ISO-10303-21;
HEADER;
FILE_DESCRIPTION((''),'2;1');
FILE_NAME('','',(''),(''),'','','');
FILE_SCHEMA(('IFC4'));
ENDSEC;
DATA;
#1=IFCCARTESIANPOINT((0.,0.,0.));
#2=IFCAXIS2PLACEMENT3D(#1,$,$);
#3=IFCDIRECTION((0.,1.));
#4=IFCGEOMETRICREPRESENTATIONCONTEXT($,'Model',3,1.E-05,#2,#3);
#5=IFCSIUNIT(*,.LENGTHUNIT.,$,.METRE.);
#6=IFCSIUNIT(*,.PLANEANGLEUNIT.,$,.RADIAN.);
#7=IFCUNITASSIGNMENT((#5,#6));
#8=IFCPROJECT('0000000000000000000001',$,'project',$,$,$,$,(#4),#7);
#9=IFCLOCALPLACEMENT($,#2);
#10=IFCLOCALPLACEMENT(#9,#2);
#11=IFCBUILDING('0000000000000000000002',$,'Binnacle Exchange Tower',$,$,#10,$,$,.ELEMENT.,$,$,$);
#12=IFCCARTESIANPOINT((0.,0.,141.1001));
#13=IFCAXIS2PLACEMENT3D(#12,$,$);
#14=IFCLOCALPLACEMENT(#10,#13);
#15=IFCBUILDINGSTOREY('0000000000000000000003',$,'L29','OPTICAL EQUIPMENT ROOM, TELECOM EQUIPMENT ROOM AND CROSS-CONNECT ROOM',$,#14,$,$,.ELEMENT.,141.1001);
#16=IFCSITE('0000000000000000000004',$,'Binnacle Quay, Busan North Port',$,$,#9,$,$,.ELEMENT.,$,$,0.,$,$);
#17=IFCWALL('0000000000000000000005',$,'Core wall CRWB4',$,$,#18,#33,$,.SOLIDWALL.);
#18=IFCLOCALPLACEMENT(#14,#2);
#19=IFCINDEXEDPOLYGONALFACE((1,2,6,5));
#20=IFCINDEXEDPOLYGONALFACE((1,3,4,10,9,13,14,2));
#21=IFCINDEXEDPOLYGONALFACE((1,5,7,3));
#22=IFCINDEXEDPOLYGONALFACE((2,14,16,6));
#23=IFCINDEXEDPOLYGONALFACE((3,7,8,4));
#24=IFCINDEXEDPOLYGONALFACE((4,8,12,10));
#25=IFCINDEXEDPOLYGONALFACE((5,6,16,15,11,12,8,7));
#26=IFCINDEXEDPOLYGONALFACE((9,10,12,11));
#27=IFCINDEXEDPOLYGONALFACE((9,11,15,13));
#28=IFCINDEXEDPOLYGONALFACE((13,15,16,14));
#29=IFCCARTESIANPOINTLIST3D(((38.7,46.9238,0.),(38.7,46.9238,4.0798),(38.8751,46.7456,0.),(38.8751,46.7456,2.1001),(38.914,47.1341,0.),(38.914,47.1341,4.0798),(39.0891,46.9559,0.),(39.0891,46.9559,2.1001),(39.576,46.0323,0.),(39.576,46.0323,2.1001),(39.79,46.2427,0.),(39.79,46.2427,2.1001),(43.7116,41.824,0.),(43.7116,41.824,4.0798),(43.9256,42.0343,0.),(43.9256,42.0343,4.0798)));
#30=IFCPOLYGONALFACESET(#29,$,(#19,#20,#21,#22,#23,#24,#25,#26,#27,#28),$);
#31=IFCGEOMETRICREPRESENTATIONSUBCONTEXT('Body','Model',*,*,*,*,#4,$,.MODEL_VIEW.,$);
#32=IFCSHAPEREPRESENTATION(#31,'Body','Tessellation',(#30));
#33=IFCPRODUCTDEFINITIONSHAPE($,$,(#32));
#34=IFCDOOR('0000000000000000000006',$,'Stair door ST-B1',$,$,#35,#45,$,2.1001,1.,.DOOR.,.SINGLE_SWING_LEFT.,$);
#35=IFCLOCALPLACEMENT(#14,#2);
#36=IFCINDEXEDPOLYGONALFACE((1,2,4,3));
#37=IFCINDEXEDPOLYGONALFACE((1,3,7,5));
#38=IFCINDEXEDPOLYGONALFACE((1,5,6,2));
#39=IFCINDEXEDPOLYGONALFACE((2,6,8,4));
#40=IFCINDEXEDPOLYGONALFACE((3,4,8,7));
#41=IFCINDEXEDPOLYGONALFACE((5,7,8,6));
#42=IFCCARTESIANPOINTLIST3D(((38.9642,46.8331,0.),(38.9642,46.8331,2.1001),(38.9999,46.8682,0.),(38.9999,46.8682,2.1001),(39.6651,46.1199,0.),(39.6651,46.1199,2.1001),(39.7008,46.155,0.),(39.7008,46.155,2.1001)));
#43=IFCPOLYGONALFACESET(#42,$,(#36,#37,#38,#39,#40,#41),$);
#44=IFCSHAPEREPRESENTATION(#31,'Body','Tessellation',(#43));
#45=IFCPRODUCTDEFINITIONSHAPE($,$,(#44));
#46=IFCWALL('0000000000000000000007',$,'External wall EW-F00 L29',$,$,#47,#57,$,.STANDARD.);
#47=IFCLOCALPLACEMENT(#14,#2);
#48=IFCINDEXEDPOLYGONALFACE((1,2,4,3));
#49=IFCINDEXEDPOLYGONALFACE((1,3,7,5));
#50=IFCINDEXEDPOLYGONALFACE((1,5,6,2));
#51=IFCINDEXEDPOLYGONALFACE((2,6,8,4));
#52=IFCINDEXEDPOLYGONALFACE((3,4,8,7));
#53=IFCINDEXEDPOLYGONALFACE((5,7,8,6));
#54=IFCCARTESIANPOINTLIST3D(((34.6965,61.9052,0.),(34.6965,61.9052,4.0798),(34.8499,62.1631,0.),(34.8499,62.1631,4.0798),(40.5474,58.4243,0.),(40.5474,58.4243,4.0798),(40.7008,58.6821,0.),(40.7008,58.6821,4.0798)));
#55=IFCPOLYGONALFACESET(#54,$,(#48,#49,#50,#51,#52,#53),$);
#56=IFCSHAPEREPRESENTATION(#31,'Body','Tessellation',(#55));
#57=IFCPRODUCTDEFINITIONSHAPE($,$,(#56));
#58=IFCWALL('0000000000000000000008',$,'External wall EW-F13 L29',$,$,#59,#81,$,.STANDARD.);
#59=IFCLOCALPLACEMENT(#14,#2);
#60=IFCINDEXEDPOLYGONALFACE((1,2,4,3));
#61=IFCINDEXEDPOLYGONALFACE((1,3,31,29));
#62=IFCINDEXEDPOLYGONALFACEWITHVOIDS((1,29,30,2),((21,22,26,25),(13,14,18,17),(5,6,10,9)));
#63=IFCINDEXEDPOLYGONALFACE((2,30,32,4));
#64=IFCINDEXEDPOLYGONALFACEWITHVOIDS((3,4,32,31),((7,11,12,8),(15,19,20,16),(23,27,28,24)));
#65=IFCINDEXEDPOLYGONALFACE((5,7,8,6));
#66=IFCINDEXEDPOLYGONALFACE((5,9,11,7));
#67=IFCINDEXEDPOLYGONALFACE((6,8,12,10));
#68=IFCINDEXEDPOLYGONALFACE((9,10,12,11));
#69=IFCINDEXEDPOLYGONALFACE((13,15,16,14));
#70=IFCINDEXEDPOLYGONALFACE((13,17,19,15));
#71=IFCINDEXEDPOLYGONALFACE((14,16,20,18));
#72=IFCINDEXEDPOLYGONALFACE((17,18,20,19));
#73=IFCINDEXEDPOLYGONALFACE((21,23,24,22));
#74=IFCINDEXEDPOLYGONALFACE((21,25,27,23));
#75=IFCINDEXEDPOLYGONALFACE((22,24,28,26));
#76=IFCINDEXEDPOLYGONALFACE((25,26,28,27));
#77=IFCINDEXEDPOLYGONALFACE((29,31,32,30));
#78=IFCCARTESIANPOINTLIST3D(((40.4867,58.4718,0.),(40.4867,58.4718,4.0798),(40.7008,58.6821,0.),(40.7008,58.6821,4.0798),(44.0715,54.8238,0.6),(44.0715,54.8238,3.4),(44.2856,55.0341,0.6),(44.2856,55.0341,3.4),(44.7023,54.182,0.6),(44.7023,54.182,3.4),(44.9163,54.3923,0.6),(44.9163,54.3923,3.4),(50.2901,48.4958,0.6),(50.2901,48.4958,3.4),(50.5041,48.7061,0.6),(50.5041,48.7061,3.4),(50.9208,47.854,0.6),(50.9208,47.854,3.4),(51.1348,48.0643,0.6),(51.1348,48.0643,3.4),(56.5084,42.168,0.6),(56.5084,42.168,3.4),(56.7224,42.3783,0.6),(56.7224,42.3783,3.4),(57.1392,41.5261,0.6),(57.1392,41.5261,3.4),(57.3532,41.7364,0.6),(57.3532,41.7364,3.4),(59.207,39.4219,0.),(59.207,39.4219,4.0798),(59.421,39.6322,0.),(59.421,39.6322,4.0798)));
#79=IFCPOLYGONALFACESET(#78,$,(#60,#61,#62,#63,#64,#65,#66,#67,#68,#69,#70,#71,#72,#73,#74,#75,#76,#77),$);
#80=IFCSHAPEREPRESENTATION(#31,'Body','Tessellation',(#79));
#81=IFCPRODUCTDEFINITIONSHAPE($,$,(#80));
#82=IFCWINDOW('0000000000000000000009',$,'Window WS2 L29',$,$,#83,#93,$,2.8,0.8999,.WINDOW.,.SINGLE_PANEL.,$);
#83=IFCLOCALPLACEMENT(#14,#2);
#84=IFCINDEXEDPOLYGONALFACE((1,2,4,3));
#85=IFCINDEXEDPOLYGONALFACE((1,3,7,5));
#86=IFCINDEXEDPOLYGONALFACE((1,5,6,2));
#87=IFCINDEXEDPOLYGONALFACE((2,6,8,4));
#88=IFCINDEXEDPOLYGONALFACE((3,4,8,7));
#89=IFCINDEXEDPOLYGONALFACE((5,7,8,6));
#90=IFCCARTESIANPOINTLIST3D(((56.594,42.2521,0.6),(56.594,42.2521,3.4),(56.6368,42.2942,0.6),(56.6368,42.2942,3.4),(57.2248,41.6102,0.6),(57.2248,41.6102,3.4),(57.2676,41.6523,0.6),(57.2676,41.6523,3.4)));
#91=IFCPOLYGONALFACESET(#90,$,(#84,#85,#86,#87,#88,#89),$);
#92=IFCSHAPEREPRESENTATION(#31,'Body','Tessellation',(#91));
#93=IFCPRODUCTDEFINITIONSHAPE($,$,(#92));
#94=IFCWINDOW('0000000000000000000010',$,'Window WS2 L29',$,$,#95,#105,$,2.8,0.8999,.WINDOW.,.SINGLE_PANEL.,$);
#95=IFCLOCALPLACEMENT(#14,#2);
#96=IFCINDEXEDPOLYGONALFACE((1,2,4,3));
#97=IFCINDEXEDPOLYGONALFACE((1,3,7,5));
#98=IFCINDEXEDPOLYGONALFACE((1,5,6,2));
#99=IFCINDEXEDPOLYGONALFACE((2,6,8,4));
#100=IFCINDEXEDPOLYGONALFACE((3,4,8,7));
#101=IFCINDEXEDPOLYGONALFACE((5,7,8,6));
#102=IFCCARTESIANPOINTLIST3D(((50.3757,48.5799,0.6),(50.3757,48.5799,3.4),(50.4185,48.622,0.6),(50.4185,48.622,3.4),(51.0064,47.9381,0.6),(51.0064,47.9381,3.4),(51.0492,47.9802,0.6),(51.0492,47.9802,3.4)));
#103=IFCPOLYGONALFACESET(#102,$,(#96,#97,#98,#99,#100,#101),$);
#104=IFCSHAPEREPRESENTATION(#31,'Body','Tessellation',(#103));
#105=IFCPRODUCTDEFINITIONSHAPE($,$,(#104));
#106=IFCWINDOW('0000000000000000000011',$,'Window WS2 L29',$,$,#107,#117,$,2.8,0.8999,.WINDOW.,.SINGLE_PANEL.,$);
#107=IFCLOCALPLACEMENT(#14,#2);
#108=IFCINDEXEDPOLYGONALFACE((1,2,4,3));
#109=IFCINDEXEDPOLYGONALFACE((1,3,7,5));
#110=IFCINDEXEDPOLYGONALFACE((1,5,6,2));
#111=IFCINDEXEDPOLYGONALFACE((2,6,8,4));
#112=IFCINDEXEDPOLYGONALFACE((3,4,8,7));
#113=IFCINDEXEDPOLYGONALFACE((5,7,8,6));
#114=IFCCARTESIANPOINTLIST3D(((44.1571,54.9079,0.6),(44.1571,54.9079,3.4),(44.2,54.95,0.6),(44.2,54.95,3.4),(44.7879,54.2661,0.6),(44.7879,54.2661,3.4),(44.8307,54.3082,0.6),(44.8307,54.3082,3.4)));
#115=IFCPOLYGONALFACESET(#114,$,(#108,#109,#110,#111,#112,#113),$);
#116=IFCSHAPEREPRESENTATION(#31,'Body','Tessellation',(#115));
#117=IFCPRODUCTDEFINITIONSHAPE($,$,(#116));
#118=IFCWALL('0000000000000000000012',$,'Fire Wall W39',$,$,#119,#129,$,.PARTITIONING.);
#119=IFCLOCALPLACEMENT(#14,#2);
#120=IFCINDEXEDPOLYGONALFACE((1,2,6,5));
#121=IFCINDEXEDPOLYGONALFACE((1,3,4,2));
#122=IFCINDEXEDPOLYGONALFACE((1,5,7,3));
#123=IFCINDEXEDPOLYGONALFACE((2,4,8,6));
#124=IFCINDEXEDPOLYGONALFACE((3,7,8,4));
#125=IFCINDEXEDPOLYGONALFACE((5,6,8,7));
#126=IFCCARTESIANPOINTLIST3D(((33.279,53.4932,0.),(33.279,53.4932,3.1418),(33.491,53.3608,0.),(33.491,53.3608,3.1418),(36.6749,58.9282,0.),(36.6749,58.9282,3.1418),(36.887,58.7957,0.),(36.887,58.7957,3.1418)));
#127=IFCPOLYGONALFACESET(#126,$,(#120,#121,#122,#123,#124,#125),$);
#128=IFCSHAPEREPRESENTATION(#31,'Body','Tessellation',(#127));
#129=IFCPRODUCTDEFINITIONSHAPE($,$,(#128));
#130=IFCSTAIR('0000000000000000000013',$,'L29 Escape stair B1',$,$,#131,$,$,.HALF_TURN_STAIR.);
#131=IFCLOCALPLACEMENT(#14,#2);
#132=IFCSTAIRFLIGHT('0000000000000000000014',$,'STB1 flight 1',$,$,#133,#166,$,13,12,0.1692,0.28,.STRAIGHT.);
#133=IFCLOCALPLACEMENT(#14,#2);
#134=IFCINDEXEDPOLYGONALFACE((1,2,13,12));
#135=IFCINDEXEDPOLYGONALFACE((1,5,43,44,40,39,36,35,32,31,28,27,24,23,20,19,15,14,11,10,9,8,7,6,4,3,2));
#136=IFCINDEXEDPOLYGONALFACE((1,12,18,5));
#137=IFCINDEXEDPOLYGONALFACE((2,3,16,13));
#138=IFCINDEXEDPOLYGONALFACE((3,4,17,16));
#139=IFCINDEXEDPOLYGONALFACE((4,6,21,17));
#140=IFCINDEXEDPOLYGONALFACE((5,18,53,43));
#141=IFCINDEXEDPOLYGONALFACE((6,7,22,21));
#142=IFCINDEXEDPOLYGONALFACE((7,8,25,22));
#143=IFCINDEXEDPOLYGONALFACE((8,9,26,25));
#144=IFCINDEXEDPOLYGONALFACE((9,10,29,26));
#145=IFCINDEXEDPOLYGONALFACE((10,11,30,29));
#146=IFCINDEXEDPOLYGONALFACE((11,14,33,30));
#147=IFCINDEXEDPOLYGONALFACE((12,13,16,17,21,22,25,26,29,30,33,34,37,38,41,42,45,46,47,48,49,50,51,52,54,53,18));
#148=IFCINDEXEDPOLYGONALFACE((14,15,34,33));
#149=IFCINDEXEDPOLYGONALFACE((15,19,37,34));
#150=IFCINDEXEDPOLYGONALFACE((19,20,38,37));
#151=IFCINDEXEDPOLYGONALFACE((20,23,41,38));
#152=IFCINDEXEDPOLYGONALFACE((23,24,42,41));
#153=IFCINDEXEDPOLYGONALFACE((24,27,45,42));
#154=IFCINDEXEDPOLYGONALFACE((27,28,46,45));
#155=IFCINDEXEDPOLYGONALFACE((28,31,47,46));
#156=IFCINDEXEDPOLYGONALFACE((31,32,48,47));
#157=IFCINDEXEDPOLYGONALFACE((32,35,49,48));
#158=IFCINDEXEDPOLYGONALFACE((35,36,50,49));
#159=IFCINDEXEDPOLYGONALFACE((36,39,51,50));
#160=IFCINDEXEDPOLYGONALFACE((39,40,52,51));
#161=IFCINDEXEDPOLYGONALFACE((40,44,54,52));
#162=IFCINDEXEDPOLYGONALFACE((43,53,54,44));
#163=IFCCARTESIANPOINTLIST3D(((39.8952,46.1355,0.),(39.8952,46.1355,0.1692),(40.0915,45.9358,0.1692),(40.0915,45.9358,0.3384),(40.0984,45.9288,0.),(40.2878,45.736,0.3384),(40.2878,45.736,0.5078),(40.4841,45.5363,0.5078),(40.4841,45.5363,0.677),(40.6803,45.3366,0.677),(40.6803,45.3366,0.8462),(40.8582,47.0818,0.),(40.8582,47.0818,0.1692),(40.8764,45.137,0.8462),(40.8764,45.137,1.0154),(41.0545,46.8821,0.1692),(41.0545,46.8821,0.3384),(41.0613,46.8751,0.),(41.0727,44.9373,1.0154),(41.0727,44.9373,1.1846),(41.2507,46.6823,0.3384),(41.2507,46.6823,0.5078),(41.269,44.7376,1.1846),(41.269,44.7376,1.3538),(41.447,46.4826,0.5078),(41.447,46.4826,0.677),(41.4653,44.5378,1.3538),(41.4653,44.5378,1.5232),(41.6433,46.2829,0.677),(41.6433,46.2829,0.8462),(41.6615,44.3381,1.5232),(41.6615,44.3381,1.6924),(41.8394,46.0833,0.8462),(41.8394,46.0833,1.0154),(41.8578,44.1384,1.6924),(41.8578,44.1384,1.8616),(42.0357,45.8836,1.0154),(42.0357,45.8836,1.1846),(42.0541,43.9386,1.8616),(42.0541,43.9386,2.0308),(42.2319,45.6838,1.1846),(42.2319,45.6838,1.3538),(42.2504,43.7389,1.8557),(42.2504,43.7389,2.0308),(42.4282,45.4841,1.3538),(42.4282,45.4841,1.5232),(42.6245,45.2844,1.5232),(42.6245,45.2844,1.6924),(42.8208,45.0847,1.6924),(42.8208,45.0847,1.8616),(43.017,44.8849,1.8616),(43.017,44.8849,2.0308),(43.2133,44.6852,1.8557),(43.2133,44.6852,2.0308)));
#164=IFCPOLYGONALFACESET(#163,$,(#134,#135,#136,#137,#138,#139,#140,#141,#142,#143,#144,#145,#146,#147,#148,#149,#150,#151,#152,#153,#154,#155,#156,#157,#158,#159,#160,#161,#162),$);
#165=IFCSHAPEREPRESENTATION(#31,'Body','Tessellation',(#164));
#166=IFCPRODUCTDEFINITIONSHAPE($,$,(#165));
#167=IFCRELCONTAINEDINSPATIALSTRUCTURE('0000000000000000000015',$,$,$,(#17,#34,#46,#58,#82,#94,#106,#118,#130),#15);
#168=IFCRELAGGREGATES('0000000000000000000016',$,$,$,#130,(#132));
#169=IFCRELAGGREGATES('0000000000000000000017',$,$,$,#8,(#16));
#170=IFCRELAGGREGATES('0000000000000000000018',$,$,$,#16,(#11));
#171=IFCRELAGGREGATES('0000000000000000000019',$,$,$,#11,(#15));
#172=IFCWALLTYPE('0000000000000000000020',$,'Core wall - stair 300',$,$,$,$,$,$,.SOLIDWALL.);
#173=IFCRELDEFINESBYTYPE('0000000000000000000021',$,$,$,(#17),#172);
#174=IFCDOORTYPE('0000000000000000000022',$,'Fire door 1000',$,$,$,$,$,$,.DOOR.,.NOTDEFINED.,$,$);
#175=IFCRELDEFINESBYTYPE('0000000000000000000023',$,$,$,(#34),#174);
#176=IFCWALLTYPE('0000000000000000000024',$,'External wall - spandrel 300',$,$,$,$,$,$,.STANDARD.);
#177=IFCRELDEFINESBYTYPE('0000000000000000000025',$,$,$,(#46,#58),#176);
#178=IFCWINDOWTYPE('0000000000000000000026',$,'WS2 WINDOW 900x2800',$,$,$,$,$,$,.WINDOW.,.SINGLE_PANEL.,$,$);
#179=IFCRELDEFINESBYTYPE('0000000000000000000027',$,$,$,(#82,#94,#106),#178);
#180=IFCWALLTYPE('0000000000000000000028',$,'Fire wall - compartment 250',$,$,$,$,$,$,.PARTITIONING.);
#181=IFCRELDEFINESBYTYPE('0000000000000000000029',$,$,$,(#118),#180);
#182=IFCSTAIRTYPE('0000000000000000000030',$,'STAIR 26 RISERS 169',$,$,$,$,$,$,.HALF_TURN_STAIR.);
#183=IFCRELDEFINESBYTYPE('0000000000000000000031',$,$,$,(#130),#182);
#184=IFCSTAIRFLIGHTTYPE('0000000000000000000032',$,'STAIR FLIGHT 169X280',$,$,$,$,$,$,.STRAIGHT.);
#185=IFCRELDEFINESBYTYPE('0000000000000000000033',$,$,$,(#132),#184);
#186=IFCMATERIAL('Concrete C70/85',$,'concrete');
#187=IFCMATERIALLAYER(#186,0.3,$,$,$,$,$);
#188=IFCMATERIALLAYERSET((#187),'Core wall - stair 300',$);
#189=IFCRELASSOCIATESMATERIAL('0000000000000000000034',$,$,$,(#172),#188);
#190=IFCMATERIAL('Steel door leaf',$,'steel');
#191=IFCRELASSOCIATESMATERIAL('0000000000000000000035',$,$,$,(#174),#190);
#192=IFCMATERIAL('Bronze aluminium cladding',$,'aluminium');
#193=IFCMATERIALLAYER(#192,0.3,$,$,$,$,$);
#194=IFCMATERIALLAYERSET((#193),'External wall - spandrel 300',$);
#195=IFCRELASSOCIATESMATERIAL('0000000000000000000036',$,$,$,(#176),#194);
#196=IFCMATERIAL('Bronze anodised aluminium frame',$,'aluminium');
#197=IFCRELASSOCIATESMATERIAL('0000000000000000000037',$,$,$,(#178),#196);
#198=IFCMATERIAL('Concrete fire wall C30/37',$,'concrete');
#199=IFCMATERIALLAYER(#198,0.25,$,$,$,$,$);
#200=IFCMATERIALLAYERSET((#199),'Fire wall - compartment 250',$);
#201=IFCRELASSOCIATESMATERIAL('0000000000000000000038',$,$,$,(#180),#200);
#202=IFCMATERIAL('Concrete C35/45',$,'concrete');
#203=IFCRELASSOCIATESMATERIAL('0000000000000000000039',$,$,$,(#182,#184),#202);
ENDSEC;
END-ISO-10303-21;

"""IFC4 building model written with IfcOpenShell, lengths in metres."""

from ifc_helpers import new_model, si_unit, direction, frame, frame_2d, origin, place, context, subcontext, project, spatial, polyline, rectangle, outline, extrude, material, layer, layer_set, type_object, element, fill, aggregate, save


model = new_model("IFC4")

# Units and contexts
model_context = context("Model", 3, precision=1e-05, world=origin(), true_north=direction((0.0, 1.0)))
body_context = subcontext(model_context, "Body", "Model", "MODEL_VIEW")
ifc_project = project(units=[si_unit("LENGTHUNIT", "METRE"), si_unit("PLANEANGLEUNIT", "RADIAN")], contexts=[model_context])

# Site, building, storey
site_placement = place(None, origin())
site = spatial("IfcSite", under=ifc_project, at=site_placement, Name="Binnacle Quay, Busan North Port", CompositionType="ELEMENT", RefElevation=0.0)
building_placement = place(site_placement, origin())
building = spatial("IfcBuilding", under=site, at=building_placement, Name="Binnacle Exchange Tower", CompositionType="ELEMENT")
storey_placement = place(building_placement, frame((0.0, 0.0, 141.1001)))
storey = spatial("IfcBuildingStorey", under=building, at=storey_placement, Name="L29", Description="OPTICAL EQUIPMENT ROOM, TELECOM EQUIPMENT ROOM AND CROSS-CONNECT ROOM", CompositionType="ELEMENT", Elevation=141.1001)

# Shared definitions
ifc_material_1 = material(Name="Concrete C70/85", Category="concrete")

# Wall, opening, door
ifc_layer_1 = layer(ifc_material_1, 0.3)
ifc_layer_set_1 = layer_set([ifc_layer_1], Name="Core wall - stair 300")
wall_type_1 = type_object("IfcWallType", Name="Core wall - stair 300", PredefinedType="SOLIDWALL", material=ifc_layer_set_1)
wall_1_placement = place(storey_placement, frame((38.8069, 47.0291, 0.0), z_axis=(0.0, 0.0, 1.0), x_axis=(0.700917, -0.713243, 0.0)))
wall_1 = element("IfcWall", 1, at=wall_1_placement, inside=storey, type_object=wall_type_1, Name="Core wall CRWB4", PredefinedType="SOLIDWALL", context=body_context, shape_type="SweptSolid", body=[
    extrude(rectangle(XDim=7.1501, YDim=0.3, at=frame_2d((3.5752, 0.0))), origin(), (0.0, 0.0, 1.0), 4.0798),
])
opening_1_placement = place(wall_1_placement, frame((0.25, 0.0, 0.0)))
opening_1 = element("IfcOpeningElement", 2, at=opening_1_placement, cuts=wall_1, PredefinedType="OPENING", context=body_context, shape_type="SweptSolid", body=[
    extrude(rectangle(XDim=1.0, YDim=2.1001, at=frame_2d((0.5, 1.05))), frame((0.0, 0.1599, 0.0), z_axis=(0.0, -1.0, 0.0), x_axis=(1.0, 0.0, 0.0)), (0.0, 0.0, 1.0), 0.3201),
])
ifc_material_2 = material(Name="Steel door leaf", Category="steel")
door_type = type_object("IfcDoorType", Name="Fire door 1000", OperationType="NOTDEFINED", PredefinedType="DOOR", material=ifc_material_2)
door_placement = place(opening_1_placement, origin())
door = element("IfcDoor", 3, at=door_placement, inside=storey, type_object=door_type, Name="Stair door ST-B1", OperationType="SINGLE_SWING_LEFT", OverallHeight=2.1001, OverallWidth=1.0, PredefinedType="DOOR", context=body_context, shape_type="SweptSolid", body=[
    extrude(rectangle(XDim=1.0, YDim=2.1001, at=frame_2d((0.5, 1.05))), frame((0.0, 0.0249, 0.0), z_axis=(0.0, -1.0, 0.0), x_axis=(1.0, 0.0, 0.0)), (0.0, 0.0, 1.0), 0.05),
])
fill(opening_1, door)

# Wall
ifc_material_3 = material(Name="Bronze aluminium cladding", Category="aluminium")
ifc_layer_2 = layer(ifc_material_3, 0.3)
ifc_layer_set_2 = layer_set([ifc_layer_2], Name="External wall - spandrel 300")
wall_type_2 = type_object("IfcWallType", Name="External wall - spandrel 300", PredefinedType="STANDARD", material=ifc_layer_set_2)
wall_2_placement = place(storey_placement, frame((34.7732, 62.0342, 0.0), z_axis=(0.0, 0.0, 1.0), x_axis=(0.859401, -0.511302, 0.0)))
element("IfcWall", 4, at=wall_2_placement, inside=storey, type_object=wall_type_2, Name="External wall EW-F00 L29", PredefinedType="STANDARD", context=body_context, shape_type="SweptSolid", body=[
    extrude(rectangle(XDim=6.8081, YDim=0.3, at=frame_2d((3.4041, 0.0))), origin(), (0.0, 0.0, 1.0), 4.0798),
])

# Wall, openings, windows
wall_3_placement = place(storey_placement, frame((40.5938, 58.5769, 0.0), z_axis=(0.0, 0.0, 1.0), x_axis=(0.70091, -0.71325, 0.0)))
wall_3 = element("IfcWall", 5, at=wall_3_placement, inside=storey, type_object=wall_type_2, Name="External wall EW-F13 L29", PredefinedType="STANDARD", context=body_context, shape_type="SweptSolid", body=[
    extrude(rectangle(XDim=26.7085, YDim=0.3, at=frame_2d((13.3542, 0.0))), origin(), (0.0, 0.0, 1.0), 4.0798),
])
opening_2_placement = place(wall_3_placement, frame((22.8584, 0.0, 0.6001)))
opening_2 = element("IfcOpeningElement", 6, at=opening_2_placement, cuts=wall_3, PredefinedType="OPENING", context=body_context, shape_type="SweptSolid", body=[
    extrude(rectangle(XDim=0.8999, YDim=2.8, at=frame_2d((0.45, 1.3999))), frame((0.0, 0.1599, 0.0), z_axis=(0.0, -1.0, 0.0), x_axis=(1.0, 0.0, 0.0)), (0.0, 0.0, 1.0), 0.3201),
])
opening_3_placement = place(wall_3_placement, frame((13.9866, 0.0, 0.6001)))
opening_3 = element("IfcOpeningElement", 7, at=opening_3_placement, cuts=wall_3, PredefinedType="OPENING", context=body_context, shape_type="SweptSolid", body=[
    extrude(rectangle(XDim=0.8999, YDim=2.8, at=frame_2d((0.45, 1.3999))), frame((0.0, 0.1599, 0.0), z_axis=(0.0, -1.0, 0.0), x_axis=(1.0, 0.0, 0.0)), (0.0, 0.0, 1.0), 0.3201),
])
opening_4_placement = place(wall_3_placement, frame((5.1145, 0.0, 0.6001)))
opening_4 = element("IfcOpeningElement", 8, at=opening_4_placement, cuts=wall_3, PredefinedType="OPENING", context=body_context, shape_type="SweptSolid", body=[
    extrude(rectangle(XDim=0.8999, YDim=2.8, at=frame_2d((0.45, 1.3999))), frame((0.0, 0.1599, 0.0), z_axis=(0.0, -1.0, 0.0), x_axis=(1.0, 0.0, 0.0)), (0.0, 0.0, 1.0), 0.3201),
])
ifc_material_4 = material(Name="Bronze anodised aluminium frame", Category="aluminium")
window_type = type_object("IfcWindowType", Name="WS2 WINDOW 900x2800", PartitioningType="SINGLE_PANEL", PredefinedType="WINDOW", material=ifc_material_4)
window_1_placement = place(opening_2_placement, origin())
window_1 = element("IfcWindow", 9, at=window_1_placement, inside=storey, type_object=window_type, Name="Window WS2 L29", OverallHeight=2.8, OverallWidth=0.8999, PartitioningType="SINGLE_PANEL", PredefinedType="WINDOW", context=body_context, shape_type="SweptSolid", body=[
    extrude(rectangle(XDim=0.8999, YDim=2.8, at=frame_2d((0.45, 1.3999))), frame((0.0, 0.03, 0.0), z_axis=(0.0, -1.0, 0.0), x_axis=(1.0, 0.0, 0.0)), (0.0, 0.0, 1.0), 0.0601),
])
fill(opening_2, window_1)
window_2_placement = place(opening_3_placement, origin())
window_2 = element("IfcWindow", 10, at=window_2_placement, inside=storey, type_object=window_type, Name="Window WS2 L29", OverallHeight=2.8, OverallWidth=0.8999, PartitioningType="SINGLE_PANEL", PredefinedType="WINDOW", context=body_context, shape_type="SweptSolid", body=[
    extrude(rectangle(XDim=0.8999, YDim=2.8, at=frame_2d((0.45, 1.3999))), frame((0.0, 0.03, 0.0), z_axis=(0.0, -1.0, 0.0), x_axis=(1.0, 0.0, 0.0)), (0.0, 0.0, 1.0), 0.0601),
])
fill(opening_3, window_2)
window_3_placement = place(opening_4_placement, origin())
window_3 = element("IfcWindow", 11, at=window_3_placement, inside=storey, type_object=window_type, Name="Window WS2 L29", OverallHeight=2.8, OverallWidth=0.8999, PartitioningType="SINGLE_PANEL", PredefinedType="WINDOW", context=body_context, shape_type="SweptSolid", body=[
    extrude(rectangle(XDim=0.8999, YDim=2.8, at=frame_2d((0.45, 1.3999))), frame((0.0, 0.03, 0.0), z_axis=(0.0, -1.0, 0.0), x_axis=(1.0, 0.0, 0.0)), (0.0, 0.0, 1.0), 0.0601),
])
fill(opening_4, window_3)

# Wall
ifc_material_5 = material(Name="Concrete fire wall C30/37", Category="concrete")
ifc_layer_3 = layer(ifc_material_5, 0.25)
ifc_layer_set_3 = layer_set([ifc_layer_3], Name="Fire wall - compartment 250")
wall_type_3 = type_object("IfcWallType", Name="Fire wall - compartment 250", PredefinedType="PARTITIONING", material=ifc_layer_set_3)
wall_4_placement = place(storey_placement, frame((33.385, 53.427, 0.0), z_axis=(0.0, 0.0, 1.0), x_axis=(0.529896, 0.848063, 0.0)))
element("IfcWall", 12, at=wall_4_placement, inside=storey, type_object=wall_type_3, Name="Fire Wall W39", PredefinedType="PARTITIONING", context=body_context, shape_type="SweptSolid", body=[
    extrude(rectangle(XDim=6.4087, YDim=0.25, at=frame_2d((3.2043, 0.0))), origin(), (0.0, 0.0, 1.0), 3.1418),
])

# Stair, stair flight
ifc_material_6 = material(Name="Concrete C35/45", Category="concrete")
stair_type = type_object("IfcStairType", Name="STAIR 26 RISERS 169", PredefinedType="HALF_TURN_STAIR", material=ifc_material_6)
stair_placement = place(storey_placement, origin())
stair = element("IfcStair", 13, at=stair_placement, inside=storey, type_object=stair_type, Name="L29 Escape stair B1", PredefinedType="HALF_TURN_STAIR")
stair_flight_type = type_object("IfcStairFlightType", Name="STAIR FLIGHT 169X280", PredefinedType="STRAIGHT", material=ifc_material_6)
stair_flight_1_placement = place(storey_placement, frame((40.3767, 46.6086, 0.0), z_axis=(0.0, 0.0, 1.0), x_axis=(0.700909, -0.71325, 0.0)))
stair_flight_1 = element("IfcStairFlight", 14, at=stair_flight_1_placement, type_object=stair_flight_type, Name="STB1 flight 1", NumberOfRisers=13, NumberOfTreads=12, PredefinedType="STRAIGHT", RiserHeight=0.1692, TreadLength=0.28, context=body_context, shape_type="SweptSolid", body=[
    extrude(outline(polyline([(0.0, 0.0), (0.0, 0.1692), (0.28, 0.1692), (0.28, 0.3384), (0.5601, 0.3384), (0.5601, 0.5078), (0.8401, 0.5078), (0.8401, 0.677), (1.1201, 0.677), (1.1201, 0.8462), (1.3999, 0.8462), (1.3999, 1.0154), (1.6799, 1.0154), (1.6799, 1.1846), (1.96, 1.1846), (1.96, 1.3538), (2.24, 1.3538), (2.24, 1.5232), (2.52, 1.5232), (2.52, 1.6924), (2.8, 1.6924), (2.8, 1.8616), (3.0801, 1.8616), (3.0801, 2.0308), (3.3601, 2.0308), (3.3601, 2.2), (3.3601, 1.8557), (0.2898, 0.0), (0.0, 0.0)])), frame((0.0, 0.675, 0.0), z_axis=(0.0, -1.0, 0.0), x_axis=(1.0, 0.0, 0.0)), (0.0, 0.0, 1.0), 1.3501),
])
aggregate(stair, [stair_flight_1])

save(model, "model.ifc")
